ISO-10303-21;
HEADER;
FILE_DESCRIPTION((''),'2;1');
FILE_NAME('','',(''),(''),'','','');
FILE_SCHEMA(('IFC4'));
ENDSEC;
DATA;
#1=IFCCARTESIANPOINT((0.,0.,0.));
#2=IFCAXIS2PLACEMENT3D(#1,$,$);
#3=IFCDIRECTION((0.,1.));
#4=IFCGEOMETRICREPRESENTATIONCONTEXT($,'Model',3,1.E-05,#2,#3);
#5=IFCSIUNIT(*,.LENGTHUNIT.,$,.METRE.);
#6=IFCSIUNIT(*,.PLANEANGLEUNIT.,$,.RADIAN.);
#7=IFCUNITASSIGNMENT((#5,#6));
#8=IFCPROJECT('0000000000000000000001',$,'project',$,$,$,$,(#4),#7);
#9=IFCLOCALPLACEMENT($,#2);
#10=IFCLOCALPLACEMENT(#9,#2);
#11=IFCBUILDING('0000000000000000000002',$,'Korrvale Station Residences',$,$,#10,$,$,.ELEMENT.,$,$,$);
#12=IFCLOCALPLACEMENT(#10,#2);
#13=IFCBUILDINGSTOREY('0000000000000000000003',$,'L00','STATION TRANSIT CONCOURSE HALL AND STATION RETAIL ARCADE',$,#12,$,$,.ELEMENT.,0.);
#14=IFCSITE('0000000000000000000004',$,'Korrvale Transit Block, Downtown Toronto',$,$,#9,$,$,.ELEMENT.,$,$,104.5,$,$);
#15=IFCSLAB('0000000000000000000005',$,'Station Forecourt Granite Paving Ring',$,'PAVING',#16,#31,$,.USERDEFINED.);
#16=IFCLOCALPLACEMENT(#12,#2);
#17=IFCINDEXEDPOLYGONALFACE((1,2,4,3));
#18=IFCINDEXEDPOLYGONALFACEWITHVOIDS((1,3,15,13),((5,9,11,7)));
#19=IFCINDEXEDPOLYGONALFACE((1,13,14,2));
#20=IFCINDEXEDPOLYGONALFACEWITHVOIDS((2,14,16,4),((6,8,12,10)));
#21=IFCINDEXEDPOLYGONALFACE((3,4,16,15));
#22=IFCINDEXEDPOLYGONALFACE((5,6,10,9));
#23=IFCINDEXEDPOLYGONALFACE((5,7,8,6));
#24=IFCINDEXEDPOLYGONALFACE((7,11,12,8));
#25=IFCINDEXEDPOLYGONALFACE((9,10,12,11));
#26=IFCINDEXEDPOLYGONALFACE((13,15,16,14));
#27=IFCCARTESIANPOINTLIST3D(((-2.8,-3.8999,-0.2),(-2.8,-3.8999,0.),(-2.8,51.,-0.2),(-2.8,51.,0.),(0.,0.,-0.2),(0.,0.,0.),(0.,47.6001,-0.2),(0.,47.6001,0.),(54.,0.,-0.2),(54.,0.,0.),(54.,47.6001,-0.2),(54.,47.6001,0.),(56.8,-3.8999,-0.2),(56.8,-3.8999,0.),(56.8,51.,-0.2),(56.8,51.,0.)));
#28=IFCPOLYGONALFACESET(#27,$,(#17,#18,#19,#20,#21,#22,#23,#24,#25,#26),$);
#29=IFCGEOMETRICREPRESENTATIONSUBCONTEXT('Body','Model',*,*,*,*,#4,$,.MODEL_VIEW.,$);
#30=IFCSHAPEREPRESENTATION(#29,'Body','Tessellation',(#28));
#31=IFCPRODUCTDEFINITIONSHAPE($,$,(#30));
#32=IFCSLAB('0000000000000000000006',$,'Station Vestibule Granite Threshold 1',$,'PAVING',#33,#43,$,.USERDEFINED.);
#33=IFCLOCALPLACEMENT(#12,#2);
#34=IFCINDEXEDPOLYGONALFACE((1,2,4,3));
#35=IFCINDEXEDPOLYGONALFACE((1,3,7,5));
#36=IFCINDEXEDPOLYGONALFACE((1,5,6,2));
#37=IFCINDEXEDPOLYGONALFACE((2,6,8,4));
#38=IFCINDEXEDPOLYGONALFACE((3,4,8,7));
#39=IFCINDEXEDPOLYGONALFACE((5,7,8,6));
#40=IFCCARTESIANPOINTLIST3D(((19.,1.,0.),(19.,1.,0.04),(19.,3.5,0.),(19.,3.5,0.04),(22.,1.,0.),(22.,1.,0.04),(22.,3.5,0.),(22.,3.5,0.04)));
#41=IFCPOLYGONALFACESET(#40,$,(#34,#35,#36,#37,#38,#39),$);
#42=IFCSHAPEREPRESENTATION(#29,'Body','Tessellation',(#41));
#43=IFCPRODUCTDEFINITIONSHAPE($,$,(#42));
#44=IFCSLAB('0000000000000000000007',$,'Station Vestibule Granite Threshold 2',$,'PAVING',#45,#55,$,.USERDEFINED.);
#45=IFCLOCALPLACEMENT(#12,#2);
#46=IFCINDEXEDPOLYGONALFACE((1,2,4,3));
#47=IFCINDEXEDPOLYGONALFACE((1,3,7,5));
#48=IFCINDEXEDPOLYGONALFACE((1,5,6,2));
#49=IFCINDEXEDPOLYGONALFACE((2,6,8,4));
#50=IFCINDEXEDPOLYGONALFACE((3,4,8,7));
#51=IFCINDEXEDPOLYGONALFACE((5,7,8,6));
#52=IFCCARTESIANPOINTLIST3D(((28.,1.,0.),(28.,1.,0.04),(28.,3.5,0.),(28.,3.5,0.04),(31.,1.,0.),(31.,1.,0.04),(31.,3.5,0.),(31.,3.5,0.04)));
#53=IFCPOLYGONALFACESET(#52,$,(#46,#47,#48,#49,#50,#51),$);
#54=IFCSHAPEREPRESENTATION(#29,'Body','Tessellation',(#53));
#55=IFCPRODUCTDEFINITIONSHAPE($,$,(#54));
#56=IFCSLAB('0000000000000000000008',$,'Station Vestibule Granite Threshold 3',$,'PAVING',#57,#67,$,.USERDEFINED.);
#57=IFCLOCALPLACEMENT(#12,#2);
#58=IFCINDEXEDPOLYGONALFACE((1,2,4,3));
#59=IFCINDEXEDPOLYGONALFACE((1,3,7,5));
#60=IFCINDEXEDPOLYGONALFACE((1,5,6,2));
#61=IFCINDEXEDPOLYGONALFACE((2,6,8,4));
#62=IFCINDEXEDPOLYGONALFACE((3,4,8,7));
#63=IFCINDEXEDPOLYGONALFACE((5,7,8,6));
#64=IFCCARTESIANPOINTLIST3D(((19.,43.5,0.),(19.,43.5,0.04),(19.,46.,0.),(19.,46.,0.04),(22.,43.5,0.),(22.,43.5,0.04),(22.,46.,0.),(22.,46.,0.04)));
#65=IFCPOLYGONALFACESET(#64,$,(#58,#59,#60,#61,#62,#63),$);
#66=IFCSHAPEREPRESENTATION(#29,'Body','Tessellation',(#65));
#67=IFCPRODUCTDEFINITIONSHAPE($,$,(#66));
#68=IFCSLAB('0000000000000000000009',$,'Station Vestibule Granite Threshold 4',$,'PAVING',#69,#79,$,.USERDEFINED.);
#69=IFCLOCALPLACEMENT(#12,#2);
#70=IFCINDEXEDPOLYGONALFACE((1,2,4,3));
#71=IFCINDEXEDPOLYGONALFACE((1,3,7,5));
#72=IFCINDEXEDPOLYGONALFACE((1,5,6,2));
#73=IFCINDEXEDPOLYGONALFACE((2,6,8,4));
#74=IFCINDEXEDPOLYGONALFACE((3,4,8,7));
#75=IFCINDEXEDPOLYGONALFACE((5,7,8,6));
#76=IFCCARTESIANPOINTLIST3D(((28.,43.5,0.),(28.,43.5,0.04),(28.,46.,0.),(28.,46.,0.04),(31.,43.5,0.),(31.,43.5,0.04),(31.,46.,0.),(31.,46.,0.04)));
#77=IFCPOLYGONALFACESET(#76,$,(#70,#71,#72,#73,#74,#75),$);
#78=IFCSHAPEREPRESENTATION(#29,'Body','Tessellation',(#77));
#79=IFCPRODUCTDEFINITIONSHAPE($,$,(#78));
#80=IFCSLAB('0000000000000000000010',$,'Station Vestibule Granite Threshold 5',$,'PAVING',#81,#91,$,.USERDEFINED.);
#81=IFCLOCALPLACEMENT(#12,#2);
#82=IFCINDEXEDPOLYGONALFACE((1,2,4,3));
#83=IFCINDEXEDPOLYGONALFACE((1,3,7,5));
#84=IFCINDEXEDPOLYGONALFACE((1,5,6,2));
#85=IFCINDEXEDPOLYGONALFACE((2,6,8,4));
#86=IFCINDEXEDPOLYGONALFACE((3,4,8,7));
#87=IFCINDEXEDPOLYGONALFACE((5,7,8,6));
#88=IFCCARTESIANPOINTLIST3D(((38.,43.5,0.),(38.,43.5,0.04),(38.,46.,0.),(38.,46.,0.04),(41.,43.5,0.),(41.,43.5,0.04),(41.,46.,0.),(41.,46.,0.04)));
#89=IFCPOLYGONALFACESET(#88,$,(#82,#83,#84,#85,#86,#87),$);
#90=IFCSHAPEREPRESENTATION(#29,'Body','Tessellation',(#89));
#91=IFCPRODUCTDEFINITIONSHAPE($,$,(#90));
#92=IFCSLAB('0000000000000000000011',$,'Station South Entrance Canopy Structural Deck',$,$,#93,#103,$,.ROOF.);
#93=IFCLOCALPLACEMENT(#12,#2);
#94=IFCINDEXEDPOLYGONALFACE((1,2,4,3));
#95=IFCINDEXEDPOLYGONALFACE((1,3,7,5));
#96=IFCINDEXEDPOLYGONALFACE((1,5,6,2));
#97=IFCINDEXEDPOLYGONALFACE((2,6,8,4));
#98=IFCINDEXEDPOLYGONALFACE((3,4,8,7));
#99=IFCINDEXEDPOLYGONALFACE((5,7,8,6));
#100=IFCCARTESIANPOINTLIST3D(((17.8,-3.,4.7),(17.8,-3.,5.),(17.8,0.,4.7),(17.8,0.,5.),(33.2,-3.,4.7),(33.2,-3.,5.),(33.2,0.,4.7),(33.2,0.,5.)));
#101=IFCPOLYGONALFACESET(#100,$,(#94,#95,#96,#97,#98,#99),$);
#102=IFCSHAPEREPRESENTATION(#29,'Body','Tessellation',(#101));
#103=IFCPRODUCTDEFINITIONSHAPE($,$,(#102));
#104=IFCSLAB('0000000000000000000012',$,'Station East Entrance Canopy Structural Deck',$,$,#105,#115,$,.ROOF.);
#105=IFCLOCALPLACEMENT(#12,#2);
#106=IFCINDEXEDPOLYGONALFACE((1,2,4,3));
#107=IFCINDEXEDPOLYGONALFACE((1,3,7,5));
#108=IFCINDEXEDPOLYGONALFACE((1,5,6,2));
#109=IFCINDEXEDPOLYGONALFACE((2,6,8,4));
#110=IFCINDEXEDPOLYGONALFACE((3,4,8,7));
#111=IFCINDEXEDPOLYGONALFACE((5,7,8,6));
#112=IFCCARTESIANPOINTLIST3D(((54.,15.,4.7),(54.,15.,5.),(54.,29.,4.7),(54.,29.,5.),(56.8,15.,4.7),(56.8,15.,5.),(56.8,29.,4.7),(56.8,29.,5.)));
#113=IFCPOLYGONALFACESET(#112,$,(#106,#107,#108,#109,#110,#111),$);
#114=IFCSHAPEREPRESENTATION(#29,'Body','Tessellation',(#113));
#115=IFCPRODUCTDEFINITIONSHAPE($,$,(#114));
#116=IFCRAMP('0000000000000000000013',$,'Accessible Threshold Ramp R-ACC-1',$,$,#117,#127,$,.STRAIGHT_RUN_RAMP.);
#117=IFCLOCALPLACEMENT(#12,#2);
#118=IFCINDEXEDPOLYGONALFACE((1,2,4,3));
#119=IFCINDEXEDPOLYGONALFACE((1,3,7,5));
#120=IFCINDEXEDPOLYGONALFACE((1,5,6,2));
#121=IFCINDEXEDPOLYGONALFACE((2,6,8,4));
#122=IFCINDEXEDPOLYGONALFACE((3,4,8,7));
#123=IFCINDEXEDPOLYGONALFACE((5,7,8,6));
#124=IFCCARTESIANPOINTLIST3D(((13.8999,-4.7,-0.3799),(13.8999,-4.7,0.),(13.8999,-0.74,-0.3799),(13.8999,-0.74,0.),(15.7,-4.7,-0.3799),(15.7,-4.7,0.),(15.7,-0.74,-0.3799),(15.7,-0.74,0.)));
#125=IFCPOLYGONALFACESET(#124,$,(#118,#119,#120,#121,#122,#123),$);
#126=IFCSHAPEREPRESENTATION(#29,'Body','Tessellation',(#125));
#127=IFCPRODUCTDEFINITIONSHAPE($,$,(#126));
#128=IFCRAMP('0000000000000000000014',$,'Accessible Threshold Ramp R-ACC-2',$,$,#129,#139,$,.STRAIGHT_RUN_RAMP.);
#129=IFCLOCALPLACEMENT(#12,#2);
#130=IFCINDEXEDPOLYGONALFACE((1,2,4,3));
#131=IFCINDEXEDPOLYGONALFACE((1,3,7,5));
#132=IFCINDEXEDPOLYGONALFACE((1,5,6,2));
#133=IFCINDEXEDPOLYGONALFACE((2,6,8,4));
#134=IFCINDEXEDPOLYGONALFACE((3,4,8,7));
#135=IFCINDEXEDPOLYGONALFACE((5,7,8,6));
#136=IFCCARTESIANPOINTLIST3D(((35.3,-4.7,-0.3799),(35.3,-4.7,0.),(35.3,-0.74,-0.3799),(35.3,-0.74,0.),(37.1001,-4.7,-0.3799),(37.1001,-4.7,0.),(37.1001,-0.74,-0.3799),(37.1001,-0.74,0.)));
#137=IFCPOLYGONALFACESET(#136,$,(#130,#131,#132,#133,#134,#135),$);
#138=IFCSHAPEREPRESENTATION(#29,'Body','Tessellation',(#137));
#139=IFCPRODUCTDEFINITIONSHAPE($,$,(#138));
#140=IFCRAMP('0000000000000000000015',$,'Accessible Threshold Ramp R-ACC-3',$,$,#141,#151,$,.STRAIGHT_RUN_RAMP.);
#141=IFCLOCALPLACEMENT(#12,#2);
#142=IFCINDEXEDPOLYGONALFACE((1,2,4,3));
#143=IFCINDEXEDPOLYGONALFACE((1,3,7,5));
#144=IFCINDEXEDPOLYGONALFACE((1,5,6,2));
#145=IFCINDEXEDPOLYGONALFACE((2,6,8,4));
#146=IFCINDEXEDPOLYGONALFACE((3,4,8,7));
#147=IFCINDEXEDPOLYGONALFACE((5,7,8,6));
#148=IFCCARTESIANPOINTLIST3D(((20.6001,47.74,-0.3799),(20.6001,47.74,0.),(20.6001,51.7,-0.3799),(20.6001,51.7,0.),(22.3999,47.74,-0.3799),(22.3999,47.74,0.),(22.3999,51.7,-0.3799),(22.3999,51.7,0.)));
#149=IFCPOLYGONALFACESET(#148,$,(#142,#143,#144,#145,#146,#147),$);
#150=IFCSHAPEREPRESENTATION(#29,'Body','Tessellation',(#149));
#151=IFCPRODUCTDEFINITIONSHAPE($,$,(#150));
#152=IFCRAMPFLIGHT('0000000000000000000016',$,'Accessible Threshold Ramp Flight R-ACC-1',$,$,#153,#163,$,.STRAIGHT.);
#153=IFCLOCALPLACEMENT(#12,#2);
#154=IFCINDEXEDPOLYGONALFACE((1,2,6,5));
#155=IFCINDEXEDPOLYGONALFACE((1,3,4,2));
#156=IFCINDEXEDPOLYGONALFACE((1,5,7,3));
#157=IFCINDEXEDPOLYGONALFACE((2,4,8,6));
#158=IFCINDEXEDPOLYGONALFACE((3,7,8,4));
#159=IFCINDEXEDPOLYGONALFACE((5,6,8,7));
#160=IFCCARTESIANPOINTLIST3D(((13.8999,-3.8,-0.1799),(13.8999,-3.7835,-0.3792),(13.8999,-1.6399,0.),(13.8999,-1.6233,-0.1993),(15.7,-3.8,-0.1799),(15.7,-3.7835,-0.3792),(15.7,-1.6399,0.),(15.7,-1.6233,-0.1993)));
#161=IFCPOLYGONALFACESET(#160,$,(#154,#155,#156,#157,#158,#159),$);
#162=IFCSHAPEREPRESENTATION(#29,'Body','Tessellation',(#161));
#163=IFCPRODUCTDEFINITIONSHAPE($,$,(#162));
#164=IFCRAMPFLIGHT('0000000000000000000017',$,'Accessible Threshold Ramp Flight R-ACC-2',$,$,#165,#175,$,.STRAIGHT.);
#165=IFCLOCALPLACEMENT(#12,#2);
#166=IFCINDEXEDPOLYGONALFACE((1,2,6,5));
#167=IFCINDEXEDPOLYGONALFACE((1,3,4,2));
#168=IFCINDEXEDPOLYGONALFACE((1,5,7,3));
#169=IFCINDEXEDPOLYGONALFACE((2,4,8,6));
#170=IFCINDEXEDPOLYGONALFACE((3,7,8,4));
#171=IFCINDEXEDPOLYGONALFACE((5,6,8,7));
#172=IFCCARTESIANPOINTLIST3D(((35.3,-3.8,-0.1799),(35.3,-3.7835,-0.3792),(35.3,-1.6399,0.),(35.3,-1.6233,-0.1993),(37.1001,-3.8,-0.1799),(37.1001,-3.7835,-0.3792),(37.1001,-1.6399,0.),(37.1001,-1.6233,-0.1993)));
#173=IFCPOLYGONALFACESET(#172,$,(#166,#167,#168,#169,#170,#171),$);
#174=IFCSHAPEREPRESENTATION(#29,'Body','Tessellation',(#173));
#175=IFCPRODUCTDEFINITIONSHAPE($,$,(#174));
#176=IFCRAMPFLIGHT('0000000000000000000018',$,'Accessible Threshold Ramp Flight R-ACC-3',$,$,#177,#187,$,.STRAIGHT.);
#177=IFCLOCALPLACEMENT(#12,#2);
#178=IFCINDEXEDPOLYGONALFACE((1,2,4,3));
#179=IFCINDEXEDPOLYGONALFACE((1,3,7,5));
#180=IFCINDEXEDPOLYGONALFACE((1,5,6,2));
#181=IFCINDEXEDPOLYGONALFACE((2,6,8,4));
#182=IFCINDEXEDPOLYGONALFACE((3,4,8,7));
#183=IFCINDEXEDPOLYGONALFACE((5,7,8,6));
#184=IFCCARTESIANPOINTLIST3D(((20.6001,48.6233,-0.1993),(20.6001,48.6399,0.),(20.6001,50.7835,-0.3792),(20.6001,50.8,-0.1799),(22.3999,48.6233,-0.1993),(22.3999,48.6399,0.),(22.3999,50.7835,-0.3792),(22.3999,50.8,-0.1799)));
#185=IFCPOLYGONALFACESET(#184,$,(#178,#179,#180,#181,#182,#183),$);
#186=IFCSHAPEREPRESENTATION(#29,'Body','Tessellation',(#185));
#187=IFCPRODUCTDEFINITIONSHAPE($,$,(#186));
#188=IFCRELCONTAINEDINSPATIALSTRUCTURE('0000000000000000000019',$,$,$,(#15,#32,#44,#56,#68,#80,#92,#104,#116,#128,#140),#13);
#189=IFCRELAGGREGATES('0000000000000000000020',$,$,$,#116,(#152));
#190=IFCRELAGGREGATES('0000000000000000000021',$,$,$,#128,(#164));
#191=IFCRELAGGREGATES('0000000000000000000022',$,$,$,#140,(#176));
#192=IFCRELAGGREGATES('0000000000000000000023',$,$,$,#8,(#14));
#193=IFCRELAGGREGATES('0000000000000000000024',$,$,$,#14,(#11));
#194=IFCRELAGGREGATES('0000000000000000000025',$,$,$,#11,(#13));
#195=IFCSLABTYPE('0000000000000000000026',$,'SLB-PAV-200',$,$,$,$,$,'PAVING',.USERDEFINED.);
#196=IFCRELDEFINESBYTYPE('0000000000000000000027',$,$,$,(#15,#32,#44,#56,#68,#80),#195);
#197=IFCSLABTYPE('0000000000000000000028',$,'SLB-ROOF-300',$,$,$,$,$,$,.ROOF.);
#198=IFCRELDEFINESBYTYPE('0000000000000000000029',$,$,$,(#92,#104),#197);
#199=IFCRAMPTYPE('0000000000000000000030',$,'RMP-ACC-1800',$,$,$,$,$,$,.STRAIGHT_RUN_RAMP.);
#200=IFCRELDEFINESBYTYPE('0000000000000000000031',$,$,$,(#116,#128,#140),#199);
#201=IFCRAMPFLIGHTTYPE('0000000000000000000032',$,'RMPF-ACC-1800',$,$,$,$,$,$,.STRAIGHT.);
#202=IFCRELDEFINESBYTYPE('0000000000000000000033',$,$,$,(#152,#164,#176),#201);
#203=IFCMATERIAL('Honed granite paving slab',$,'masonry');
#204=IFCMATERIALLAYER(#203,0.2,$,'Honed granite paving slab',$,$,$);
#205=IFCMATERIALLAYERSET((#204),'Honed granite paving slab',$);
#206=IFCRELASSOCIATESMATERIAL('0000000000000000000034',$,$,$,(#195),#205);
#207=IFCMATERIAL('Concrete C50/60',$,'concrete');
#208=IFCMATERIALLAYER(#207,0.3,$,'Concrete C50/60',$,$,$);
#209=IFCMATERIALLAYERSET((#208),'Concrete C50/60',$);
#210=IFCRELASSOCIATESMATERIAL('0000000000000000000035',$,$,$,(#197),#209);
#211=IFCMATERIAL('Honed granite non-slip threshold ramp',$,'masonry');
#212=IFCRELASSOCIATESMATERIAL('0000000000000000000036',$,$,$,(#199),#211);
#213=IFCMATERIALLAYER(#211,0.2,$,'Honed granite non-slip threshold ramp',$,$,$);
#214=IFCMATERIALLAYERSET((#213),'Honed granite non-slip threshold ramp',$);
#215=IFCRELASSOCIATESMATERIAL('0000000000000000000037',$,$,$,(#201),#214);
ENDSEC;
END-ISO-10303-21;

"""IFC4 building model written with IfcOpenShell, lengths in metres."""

from ifc_helpers import new_model, si_unit, direction, frame, origin, place, context, subcontext, project, spatial, polyline, outline, extrude, material, layer, layer_set, type_object, element, aggregate, save


model = new_model("IFC4")

# Units and contexts
model_context = context("Model", 3, precision=1e-05, world=origin(), true_north=direction((0.0, 1.0)))
body_context = subcontext(model_context, "Body", "Model", "MODEL_VIEW")
ifc_project = project(units=[si_unit("LENGTHUNIT", "METRE"), si_unit("PLANEANGLEUNIT", "RADIAN")], contexts=[model_context])

# Site, building, storey
site_placement = place(None, origin())
site = spatial("IfcSite", under=ifc_project, at=site_placement, Name="Korrvale Transit Block, Downtown Toronto", CompositionType="ELEMENT", RefElevation=104.5)
building_placement = place(site_placement, origin())
building = spatial("IfcBuilding", under=site, at=building_placement, Name="Korrvale Station Residences", CompositionType="ELEMENT")
storey_placement = place(building_placement, origin())
storey = spatial("IfcBuildingStorey", under=building, at=storey_placement, Name="L00", Description="STATION TRANSIT CONCOURSE HALL AND STATION RETAIL ARCADE", CompositionType="ELEMENT", Elevation=0.0)

# Shared definitions
ifc_material_1 = material(Name="Concrete C50/60", Category="concrete")

# Slabs
ifc_material_2 = material(Name="Honed granite paving slab", Category="masonry")
ifc_layer_1 = layer(ifc_material_2, 0.2, Name="Honed granite paving slab")
ifc_layer_set_1 = layer_set([ifc_layer_1], Name="Honed granite paving slab")
slab_type_1 = type_object("IfcSlabType", Name="SLB-PAV-200", ElementType="PAVING", PredefinedType="USERDEFINED", material=ifc_layer_set_1)
slab_1_placement = place(storey_placement, frame((0.0, 0.0, -0.2)))
element("IfcSlab", 1, at=slab_1_placement, inside=storey, type_object=slab_type_1, Name="Station Forecourt Granite Paving Ring", ObjectType="PAVING", PredefinedType="USERDEFINED", context=body_context, shape_type="SweptSolid", body=[
    extrude(outline(polyline([(-2.8, -3.8999), (56.8, -3.8999), (56.8, 51.0), (-2.8, 51.0), (-2.8, -3.8999)]), holes=[polyline([(0.0, 0.0), (54.0, 0.0), (54.0, 47.6001), (0.0, 47.6001), (0.0, 0.0)])]), origin(), (0.0, 0.0, 1.0), 0.2),
])
slab_2_placement = place(storey_placement, origin())
element("IfcSlab", 2, at=slab_2_placement, inside=storey, type_object=slab_type_1, Name="Station Vestibule Granite Threshold 1", ObjectType="PAVING", PredefinedType="USERDEFINED", context=body_context, shape_type="SweptSolid", body=[
    extrude(outline(polyline([(19.0, 1.0), (22.0, 1.0), (22.0, 3.5), (19.0, 3.5), (19.0, 1.0)])), origin(), (0.0, 0.0, 1.0), 0.04),
])
slab_3_placement = place(storey_placement, origin())
element("IfcSlab", 3, at=slab_3_placement, inside=storey, type_object=slab_type_1, Name="Station Vestibule Granite Threshold 2", ObjectType="PAVING", PredefinedType="USERDEFINED", context=body_context, shape_type="SweptSolid", body=[
    extrude(outline(polyline([(28.0, 1.0), (31.0, 1.0), (31.0, 3.5), (28.0, 3.5), (28.0, 1.0)])), origin(), (0.0, 0.0, 1.0), 0.04),
])
slab_4_placement = place(storey_placement, origin())
element("IfcSlab", 4, at=slab_4_placement, inside=storey, type_object=slab_type_1, Name="Station Vestibule Granite Threshold 3", ObjectType="PAVING", PredefinedType="USERDEFINED", context=body_context, shape_type="SweptSolid", body=[
    extrude(outline(polyline([(19.0, 43.5), (22.0, 43.5), (22.0, 46.0), (19.0, 46.0), (19.0, 43.5)])), origin(), (0.0, 0.0, 1.0), 0.04),
])
slab_5_placement = place(storey_placement, origin())
element("IfcSlab", 5, at=slab_5_placement, inside=storey, type_object=slab_type_1, Name="Station Vestibule Granite Threshold 4", ObjectType="PAVING", PredefinedType="USERDEFINED", context=body_context, shape_type="SweptSolid", body=[
    extrude(outline(polyline([(28.0, 43.5), (31.0, 43.5), (31.0, 46.0), (28.0, 46.0), (28.0, 43.5)])), origin(), (0.0, 0.0, 1.0), 0.04),
])
slab_6_placement = place(storey_placement, origin())
element("IfcSlab", 6, at=slab_6_placement, inside=storey, type_object=slab_type_1, Name="Station Vestibule Granite Threshold 5", ObjectType="PAVING", PredefinedType="USERDEFINED", context=body_context, shape_type="SweptSolid", body=[
    extrude(outline(polyline([(38.0, 43.5), (41.0, 43.5), (41.0, 46.0), (38.0, 46.0), (38.0, 43.5)])), origin(), (0.0, 0.0, 1.0), 0.04),
])
ifc_layer_2 = layer(ifc_material_1, 0.3, Name="Concrete C50/60")
ifc_layer_set_2 = layer_set([ifc_layer_2], Name="Concrete C50/60")
slab_type_2 = type_object("IfcSlabType", Name="SLB-ROOF-300", PredefinedType="ROOF", material=ifc_layer_set_2)
slab_7_placement = place(storey_placement, frame((0.0, 0.0, 4.7)))
element("IfcSlab", 7, at=slab_7_placement, inside=storey, type_object=slab_type_2, Name="Station South Entrance Canopy Structural Deck", PredefinedType="ROOF", context=body_context, shape_type="SweptSolid", body=[
    extrude(outline(polyline([(17.8, -3.0), (33.2, -3.0), (33.2, 0.0), (17.8, 0.0), (17.8, -3.0)])), origin(), (0.0, 0.0, 1.0), 0.3),
])
slab_8_placement = place(storey_placement, frame((0.0, 0.0, 4.7)))
element("IfcSlab", 8, at=slab_8_placement, inside=storey, type_object=slab_type_2, Name="Station East Entrance Canopy Structural Deck", PredefinedType="ROOF", context=body_context, shape_type="SweptSolid", body=[
    extrude(outline(polyline([(54.0, 15.0), (56.8, 15.0), (56.8, 29.0), (54.0, 29.0), (54.0, 15.0)])), origin(), (0.0, 0.0, 1.0), 0.3),
])

# Ramps
ifc_material_3 = material(Name="Honed granite non-slip threshold ramp", Category="masonry")
ramp_type = type_object("IfcRampType", Name="RMP-ACC-1800", PredefinedType="STRAIGHT_RUN_RAMP", material=ifc_material_3)
ramp_1_placement = place(storey_placement, frame((0.0, 0.0, -0.3799)))
ramp_1 = element("IfcRamp", 9, at=ramp_1_placement, inside=storey, type_object=ramp_type, Name="Accessible Threshold Ramp R-ACC-1", PredefinedType="STRAIGHT_RUN_RAMP", context=body_context, shape_type="SweptSolid", body=[
    extrude(outline(polyline([(13.8999, -4.7), (15.7, -4.7), (15.7, -0.74), (13.8999, -0.74), (13.8999, -4.7)])), origin(), (0.0, 0.0, 1.0), 0.3799),
])
ramp_2_placement = place(storey_placement, frame((0.0, 0.0, -0.3799)))
ramp_2 = element("IfcRamp", 10, at=ramp_2_placement, inside=storey, type_object=ramp_type, Name="Accessible Threshold Ramp R-ACC-2", PredefinedType="STRAIGHT_RUN_RAMP", context=body_context, shape_type="SweptSolid", body=[
    extrude(outline(polyline([(35.3, -4.7), (37.1001, -4.7), (37.1001, -0.74), (35.3, -0.74), (35.3, -4.7)])), origin(), (0.0, 0.0, 1.0), 0.3799),
])
ramp_3_placement = place(storey_placement, frame((0.0, 0.0, -0.3799)))
ramp_3 = element("IfcRamp", 11, at=ramp_3_placement, inside=storey, type_object=ramp_type, Name="Accessible Threshold Ramp R-ACC-3", PredefinedType="STRAIGHT_RUN_RAMP", context=body_context, shape_type="SweptSolid", body=[
    extrude(outline(polyline([(20.6001, 47.74), (22.3999, 47.74), (22.3999, 51.7), (20.6001, 51.7), (20.6001, 47.74)])), origin(), (0.0, 0.0, 1.0), 0.3799),
])

# Ramp flights
ifc_layer_3 = layer(ifc_material_3, 0.2, Name="Honed granite non-slip threshold ramp")
ifc_layer_set_3 = layer_set([ifc_layer_3], Name="Honed granite non-slip threshold ramp")
ramp_flight_type = type_object("IfcRampFlightType", Name="RMPF-ACC-1800", PredefinedType="STRAIGHT", material=ifc_layer_set_3)
ramp_flight_1_placement = place(storey_placement, frame((15.7, -3.8, -0.1799), z_axis=(0.0, -0.083008, 0.996549), x_axis=(0.0, 0.996549, 0.083008)))
ramp_flight_1 = element("IfcRampFlight", 12, at=ramp_flight_1_placement, type_object=ramp_flight_type, Name="Accessible Threshold Ramp Flight R-ACC-1", PredefinedType="STRAIGHT", context=body_context, shape_type="SweptSolid", body=[
    extrude(outline(polyline([(0.0, 0.0), (2.1676, 0.0), (2.1676, 1.8), (0.0, 1.8), (0.0, 0.0)])), origin(), (0.0, 0.0, -1.0), 0.2),
])
aggregate(ramp_1, [ramp_flight_1])
ramp_flight_2_placement = place(storey_placement, frame((37.1001, -3.8, -0.1799), z_axis=(0.0, -0.083008, 0.996549), x_axis=(0.0, 0.996549, 0.083008)))
ramp_flight_2 = element("IfcRampFlight", 13, at=ramp_flight_2_placement, type_object=ramp_flight_type, Name="Accessible Threshold Ramp Flight R-ACC-2", PredefinedType="STRAIGHT", context=body_context, shape_type="SweptSolid", body=[
    extrude(outline(polyline([(0.0, 0.0), (2.1676, 0.0), (2.1676, 1.8), (0.0, 1.8), (0.0, 0.0)])), origin(), (0.0, 0.0, -1.0), 0.2),
])
aggregate(ramp_2, [ramp_flight_2])
ramp_flight_3_placement = place(storey_placement, frame((20.6001, 50.8, -0.1799), z_axis=(0.0, 0.083008, 0.996549), x_axis=(0.0, -0.996549, 0.083008)))
ramp_flight_3 = element("IfcRampFlight", 14, at=ramp_flight_3_placement, type_object=ramp_flight_type, Name="Accessible Threshold Ramp Flight R-ACC-3", PredefinedType="STRAIGHT", context=body_context, shape_type="SweptSolid", body=[
    extrude(outline(polyline([(0.0, 0.0), (2.1676, 0.0), (2.1676, 1.7998), (0.0, 1.7998), (0.0, 0.0)])), origin(), (0.0, 0.0, -1.0), 0.2),
])
aggregate(ramp_3, [ramp_flight_3])

save(model, "model.ifc")
